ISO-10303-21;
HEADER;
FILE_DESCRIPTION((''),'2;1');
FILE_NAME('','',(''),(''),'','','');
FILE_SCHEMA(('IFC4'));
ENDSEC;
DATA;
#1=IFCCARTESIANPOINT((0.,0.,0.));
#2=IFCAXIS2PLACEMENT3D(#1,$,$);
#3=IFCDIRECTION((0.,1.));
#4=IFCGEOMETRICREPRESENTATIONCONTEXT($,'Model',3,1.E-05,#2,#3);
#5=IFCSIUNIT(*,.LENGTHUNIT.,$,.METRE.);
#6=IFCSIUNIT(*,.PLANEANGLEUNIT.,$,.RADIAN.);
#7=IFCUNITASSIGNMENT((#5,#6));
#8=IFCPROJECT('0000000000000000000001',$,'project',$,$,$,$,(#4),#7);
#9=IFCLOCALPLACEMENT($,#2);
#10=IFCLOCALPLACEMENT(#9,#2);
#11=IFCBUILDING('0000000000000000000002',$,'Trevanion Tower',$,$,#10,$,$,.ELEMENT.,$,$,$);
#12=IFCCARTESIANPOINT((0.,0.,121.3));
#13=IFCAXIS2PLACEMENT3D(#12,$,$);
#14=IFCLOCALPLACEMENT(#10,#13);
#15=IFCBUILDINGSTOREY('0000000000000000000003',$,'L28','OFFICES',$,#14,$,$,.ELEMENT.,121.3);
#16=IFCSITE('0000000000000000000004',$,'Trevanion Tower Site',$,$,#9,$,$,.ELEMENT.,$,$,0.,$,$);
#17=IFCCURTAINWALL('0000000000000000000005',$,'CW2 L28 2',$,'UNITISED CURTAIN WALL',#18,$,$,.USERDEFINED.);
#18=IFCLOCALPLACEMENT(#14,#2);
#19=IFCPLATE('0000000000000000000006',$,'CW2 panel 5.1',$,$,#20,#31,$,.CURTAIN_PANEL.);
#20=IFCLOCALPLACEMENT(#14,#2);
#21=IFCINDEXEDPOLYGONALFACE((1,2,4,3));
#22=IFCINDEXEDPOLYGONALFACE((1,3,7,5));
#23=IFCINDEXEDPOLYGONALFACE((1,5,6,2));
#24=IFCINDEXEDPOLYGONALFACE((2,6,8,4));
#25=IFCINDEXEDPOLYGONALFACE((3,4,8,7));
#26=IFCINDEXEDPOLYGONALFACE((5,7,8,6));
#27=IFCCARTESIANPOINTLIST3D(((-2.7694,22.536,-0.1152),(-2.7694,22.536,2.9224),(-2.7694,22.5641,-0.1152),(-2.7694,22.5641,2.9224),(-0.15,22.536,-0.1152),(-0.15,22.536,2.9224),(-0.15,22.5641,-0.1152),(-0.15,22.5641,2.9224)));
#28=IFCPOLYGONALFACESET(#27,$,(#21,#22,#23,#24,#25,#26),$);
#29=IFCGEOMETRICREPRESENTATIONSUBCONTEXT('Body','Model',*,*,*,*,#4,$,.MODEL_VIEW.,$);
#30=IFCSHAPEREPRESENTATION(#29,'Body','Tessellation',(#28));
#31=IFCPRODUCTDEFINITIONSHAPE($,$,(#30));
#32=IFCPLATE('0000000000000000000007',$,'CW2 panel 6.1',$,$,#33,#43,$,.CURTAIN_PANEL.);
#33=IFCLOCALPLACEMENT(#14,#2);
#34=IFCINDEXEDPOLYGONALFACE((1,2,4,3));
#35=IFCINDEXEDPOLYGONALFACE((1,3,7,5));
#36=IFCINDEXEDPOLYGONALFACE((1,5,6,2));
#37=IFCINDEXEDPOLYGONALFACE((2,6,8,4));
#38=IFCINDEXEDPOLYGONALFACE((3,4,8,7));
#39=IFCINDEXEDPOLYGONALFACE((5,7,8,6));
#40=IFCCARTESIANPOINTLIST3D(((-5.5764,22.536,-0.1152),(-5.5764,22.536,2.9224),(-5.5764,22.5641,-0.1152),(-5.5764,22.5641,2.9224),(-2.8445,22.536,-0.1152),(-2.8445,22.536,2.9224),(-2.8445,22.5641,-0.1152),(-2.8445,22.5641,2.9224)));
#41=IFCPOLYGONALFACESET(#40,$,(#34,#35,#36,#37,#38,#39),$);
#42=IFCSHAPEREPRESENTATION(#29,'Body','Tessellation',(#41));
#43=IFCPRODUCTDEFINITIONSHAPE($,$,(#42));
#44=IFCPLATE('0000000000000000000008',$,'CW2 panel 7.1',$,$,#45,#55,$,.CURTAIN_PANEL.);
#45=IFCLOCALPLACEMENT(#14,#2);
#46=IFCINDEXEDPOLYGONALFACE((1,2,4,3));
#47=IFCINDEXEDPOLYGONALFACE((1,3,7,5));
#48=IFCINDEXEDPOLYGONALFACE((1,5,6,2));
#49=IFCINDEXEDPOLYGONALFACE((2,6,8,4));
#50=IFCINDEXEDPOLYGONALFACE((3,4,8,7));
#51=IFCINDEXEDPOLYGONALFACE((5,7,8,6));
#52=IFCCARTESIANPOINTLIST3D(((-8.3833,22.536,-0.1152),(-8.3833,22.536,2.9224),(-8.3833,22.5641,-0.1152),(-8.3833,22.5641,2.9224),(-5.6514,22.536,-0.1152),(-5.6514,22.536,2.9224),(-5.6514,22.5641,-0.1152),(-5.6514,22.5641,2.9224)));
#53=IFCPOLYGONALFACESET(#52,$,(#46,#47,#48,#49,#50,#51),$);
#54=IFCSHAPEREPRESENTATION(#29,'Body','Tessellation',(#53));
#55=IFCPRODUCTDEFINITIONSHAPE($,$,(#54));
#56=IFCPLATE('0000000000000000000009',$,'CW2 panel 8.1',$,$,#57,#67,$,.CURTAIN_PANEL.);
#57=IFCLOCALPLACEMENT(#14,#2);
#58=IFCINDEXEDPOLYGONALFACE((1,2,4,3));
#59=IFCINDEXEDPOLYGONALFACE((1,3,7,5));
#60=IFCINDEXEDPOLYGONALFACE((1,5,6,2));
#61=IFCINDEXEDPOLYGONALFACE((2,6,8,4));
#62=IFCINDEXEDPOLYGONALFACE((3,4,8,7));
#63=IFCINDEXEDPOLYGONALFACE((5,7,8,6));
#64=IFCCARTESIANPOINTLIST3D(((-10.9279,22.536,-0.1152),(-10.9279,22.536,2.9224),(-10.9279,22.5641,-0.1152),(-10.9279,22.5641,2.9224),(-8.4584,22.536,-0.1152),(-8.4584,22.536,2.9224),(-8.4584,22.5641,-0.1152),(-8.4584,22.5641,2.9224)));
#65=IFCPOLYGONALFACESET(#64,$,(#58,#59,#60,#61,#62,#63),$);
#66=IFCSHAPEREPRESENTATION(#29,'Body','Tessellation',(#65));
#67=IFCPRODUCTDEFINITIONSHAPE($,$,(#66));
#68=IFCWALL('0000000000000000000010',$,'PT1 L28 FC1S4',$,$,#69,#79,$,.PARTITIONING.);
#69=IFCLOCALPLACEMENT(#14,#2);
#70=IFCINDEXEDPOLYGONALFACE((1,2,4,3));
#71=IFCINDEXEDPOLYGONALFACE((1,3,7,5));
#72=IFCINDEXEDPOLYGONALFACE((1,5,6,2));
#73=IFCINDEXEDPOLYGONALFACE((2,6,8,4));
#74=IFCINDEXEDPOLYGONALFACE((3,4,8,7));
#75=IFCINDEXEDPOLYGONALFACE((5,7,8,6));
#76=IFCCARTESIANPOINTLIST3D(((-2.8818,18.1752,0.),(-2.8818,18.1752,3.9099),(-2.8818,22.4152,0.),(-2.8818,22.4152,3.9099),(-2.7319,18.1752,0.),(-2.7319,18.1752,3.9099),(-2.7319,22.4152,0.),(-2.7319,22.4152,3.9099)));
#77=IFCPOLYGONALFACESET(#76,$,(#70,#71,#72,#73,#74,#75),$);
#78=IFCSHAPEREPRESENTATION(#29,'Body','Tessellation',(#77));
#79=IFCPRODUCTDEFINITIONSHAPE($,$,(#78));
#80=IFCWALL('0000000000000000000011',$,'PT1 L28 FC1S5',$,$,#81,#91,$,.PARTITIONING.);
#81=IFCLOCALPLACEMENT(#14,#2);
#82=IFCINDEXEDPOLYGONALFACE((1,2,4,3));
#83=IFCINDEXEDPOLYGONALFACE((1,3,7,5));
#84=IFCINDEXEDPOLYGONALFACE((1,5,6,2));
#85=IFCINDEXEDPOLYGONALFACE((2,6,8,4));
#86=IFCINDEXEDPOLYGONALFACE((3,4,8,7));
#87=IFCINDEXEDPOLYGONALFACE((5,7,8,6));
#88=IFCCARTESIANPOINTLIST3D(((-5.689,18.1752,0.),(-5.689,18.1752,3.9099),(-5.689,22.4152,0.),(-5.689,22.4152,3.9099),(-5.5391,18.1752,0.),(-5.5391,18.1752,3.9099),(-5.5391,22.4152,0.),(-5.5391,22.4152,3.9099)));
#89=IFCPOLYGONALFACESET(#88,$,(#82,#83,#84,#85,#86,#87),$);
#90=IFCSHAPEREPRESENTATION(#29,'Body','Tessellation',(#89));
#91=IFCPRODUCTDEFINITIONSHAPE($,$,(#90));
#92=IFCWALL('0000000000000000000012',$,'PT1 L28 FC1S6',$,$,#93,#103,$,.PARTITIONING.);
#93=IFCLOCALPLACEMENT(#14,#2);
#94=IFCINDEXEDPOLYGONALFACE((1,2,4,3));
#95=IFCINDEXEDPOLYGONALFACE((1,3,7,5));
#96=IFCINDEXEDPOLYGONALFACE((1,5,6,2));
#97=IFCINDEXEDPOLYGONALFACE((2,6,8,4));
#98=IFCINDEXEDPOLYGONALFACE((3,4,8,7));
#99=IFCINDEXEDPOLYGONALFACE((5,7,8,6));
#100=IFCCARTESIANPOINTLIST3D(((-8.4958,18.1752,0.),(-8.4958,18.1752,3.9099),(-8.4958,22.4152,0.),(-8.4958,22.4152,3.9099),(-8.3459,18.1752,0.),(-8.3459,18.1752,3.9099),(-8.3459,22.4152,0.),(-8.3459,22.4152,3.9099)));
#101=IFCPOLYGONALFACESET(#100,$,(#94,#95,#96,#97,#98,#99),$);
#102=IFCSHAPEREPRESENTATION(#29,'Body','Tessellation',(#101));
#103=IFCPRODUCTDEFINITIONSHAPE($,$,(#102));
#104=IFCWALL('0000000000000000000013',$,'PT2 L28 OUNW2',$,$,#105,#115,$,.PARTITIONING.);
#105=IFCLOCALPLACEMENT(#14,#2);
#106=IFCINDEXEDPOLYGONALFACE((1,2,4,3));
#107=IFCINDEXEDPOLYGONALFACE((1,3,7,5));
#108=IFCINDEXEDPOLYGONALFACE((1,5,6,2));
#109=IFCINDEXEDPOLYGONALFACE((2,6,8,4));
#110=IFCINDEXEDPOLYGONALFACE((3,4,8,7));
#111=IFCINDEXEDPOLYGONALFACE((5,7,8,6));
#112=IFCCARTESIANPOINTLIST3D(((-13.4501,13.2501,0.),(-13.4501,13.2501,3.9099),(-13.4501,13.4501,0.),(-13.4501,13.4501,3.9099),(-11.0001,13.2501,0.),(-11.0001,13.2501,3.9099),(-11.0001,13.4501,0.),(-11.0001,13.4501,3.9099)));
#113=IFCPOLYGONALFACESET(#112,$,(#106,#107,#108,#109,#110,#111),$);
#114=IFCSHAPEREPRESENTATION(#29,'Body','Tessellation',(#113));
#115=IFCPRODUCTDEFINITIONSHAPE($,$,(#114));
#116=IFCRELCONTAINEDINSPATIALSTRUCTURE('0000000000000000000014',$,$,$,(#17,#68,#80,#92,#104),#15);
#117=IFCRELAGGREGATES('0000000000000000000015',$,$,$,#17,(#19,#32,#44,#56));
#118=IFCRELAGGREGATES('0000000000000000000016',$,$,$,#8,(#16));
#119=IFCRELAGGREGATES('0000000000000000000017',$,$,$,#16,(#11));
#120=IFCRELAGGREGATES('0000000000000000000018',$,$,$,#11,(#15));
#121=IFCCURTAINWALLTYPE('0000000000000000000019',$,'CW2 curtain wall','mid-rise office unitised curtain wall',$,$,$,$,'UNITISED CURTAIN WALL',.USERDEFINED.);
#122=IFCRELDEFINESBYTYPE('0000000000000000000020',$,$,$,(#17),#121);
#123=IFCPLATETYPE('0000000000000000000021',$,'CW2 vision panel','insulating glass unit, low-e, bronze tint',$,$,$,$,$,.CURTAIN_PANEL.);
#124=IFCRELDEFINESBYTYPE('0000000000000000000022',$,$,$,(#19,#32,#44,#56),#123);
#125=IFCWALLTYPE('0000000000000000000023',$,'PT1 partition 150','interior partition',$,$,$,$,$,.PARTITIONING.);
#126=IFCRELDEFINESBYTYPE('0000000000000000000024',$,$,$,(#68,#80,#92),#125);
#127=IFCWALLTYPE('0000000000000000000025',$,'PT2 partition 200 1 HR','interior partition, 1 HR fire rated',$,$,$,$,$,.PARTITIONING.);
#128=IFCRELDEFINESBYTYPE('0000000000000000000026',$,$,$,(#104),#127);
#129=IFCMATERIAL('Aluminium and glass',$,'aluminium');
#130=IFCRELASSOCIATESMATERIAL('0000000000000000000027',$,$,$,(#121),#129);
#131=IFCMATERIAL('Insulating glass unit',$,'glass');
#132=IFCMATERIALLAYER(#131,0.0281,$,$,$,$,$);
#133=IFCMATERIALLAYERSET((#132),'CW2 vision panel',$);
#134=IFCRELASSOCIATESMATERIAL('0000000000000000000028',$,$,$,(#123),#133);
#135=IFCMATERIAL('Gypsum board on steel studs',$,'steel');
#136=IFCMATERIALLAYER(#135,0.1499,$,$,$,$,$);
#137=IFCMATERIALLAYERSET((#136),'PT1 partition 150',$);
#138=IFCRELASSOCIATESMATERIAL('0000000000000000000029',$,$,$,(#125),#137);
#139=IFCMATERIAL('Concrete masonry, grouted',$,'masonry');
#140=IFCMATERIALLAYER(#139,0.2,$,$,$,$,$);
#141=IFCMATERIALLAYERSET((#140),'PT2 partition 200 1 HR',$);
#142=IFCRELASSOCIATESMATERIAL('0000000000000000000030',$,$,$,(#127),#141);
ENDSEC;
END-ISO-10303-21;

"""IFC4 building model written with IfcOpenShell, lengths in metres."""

from ifc_helpers import new_model, si_unit, direction, frame, frame_2d, origin, origin_2d, place, context, subcontext, project, spatial, rectangle, extrude, material, layer, layer_set, type_object, element, aggregate, save


model = new_model("IFC4")

# Units and contexts
model_context = context("Model", 3, precision=1e-05, world=origin(), true_north=direction((0.0, 1.0)))
body_context = subcontext(model_context, "Body", "Model", "MODEL_VIEW")
ifc_project = project(units=[si_unit("LENGTHUNIT", "METRE"), si_unit("PLANEANGLEUNIT", "RADIAN")], contexts=[model_context])

# Site, building, storey
site_placement = place(None, origin())
site = spatial("IfcSite", under=ifc_project, at=site_placement, Name="Trevanion Tower Site", CompositionType="ELEMENT", RefElevation=0.0)
building_placement = place(site_placement, origin())
building = spatial("IfcBuilding", under=site, at=building_placement, Name="Trevanion Tower", CompositionType="ELEMENT")
storey_placement = place(building_placement, frame((0.0, 0.0, 121.3)))
storey = spatial("IfcBuildingStorey", under=building, at=storey_placement, Name="L28", Description="OFFICES", CompositionType="ELEMENT", Elevation=121.3)

# Curtain wall
ifc_material_1 = material(Name="Aluminium and glass", Category="aluminium")
curtain_wall_type = type_object("IfcCurtainWallType", Name="CW2 curtain wall", Description="mid-rise office unitised curtain wall", ElementType="UNITISED CURTAIN WALL", PredefinedType="USERDEFINED", material=ifc_material_1)
curtain_wall_1_placement = place(storey_placement, origin())
curtain_wall_1 = element("IfcCurtainWall", 1, at=curtain_wall_1_placement, inside=storey, type_object=curtain_wall_type, Name="CW2 L28 2", ObjectType="UNITISED CURTAIN WALL", PredefinedType="USERDEFINED")

# Plates
ifc_material_2 = material(Name="Insulating glass unit", Category="glass")
ifc_layer_1 = layer(ifc_material_2, 0.0281)
ifc_layer_set_1 = layer_set([ifc_layer_1], Name="CW2 vision panel")
plate_type_1 = type_object("IfcPlateType", Name="CW2 vision panel", Description="insulating glass unit, low-e, bronze tint", PredefinedType="CURTAIN_PANEL", material=ifc_layer_set_1)
plate_1_placement = place(storey_placement, frame((-1.4597, 22.55, -0.1152), z_axis=(0.0, 0.0, 1.0), x_axis=(-1.0, 0.0, 0.0)))
plate_1 = element("IfcPlate", 2, at=plate_1_placement, type_object=plate_type_1, Name="CW2 panel 5.1", PredefinedType="CURTAIN_PANEL", context=body_context, shape_type="SweptSolid", body=[
    extrude(rectangle(XDim=2.6194, YDim=0.0281, at=origin_2d()), origin(), (0.0, 0.0, 1.0), 3.0376),
])
plate_2_placement = place(storey_placement, frame((-4.2104, 22.55, -0.1152), z_axis=(0.0, 0.0, 1.0), x_axis=(-1.0, 0.0, 0.0)))
plate_2 = element("IfcPlate", 3, at=plate_2_placement, type_object=plate_type_1, Name="CW2 panel 6.1", PredefinedType="CURTAIN_PANEL", context=body_context, shape_type="SweptSolid", body=[
    extrude(rectangle(XDim=2.7319, YDim=0.0281, at=origin_2d()), origin(), (0.0, 0.0, 1.0), 3.0376),
])
plate_3_placement = place(storey_placement, frame((-7.0173, 22.55, -0.1152), z_axis=(0.0, 0.0, 1.0), x_axis=(-1.0, 0.0, 0.0)))
plate_3 = element("IfcPlate", 4, at=plate_3_placement, type_object=plate_type_1, Name="CW2 panel 7.1", PredefinedType="CURTAIN_PANEL", context=body_context, shape_type="SweptSolid", body=[
    extrude(rectangle(XDim=2.7319, YDim=0.0281, at=origin_2d()), origin(), (0.0, 0.0, 1.0), 3.0376),
])
plate_4_placement = place(storey_placement, frame((-9.6931, 22.55, -0.1152), z_axis=(0.0, 0.0, 1.0), x_axis=(-1.0, 0.0, 0.0)))
plate_4 = element("IfcPlate", 5, at=plate_4_placement, type_object=plate_type_1, Name="CW2 panel 8.1", PredefinedType="CURTAIN_PANEL", context=body_context, shape_type="SweptSolid", body=[
    extrude(rectangle(XDim=2.4695, YDim=0.0281, at=origin_2d()), origin(), (0.0, 0.0, 1.0), 3.0376),
])
aggregate(curtain_wall_1, [plate_1, plate_2, plate_3, plate_4])

# Walls
ifc_material_3 = material(Name="Gypsum board on steel studs", Category="steel")
ifc_layer_2 = layer(ifc_material_3, 0.1499)
ifc_layer_set_2 = layer_set([ifc_layer_2], Name="PT1 partition 150")
wall_type_1 = type_object("IfcWallType", Name="PT1 partition 150", Description="interior partition", PredefinedType="PARTITIONING", material=ifc_layer_set_2)
for number, where, z_axis, x_axis, name in (
    (6, (-2.8069, 18.175, 0.0), (0.0, 0.0, 1.0), (0.0, 1.0, 0.0), "PT1 L28 FC1S4"),
    (7, (-5.614, 18.175, 0.0), (0.0, 0.0, 1.0), (0.0, 1.0, 0.0), "PT1 L28 FC1S5"),
    (8, (-8.4209, 18.175, 0.0), (0.0, 0.0, 1.0), (0.0, 1.0, 0.0), "PT1 L28 FC1S6"),
):
    element("IfcWall", number, at=place(storey_placement, frame(where, z_axis=z_axis, x_axis=x_axis)), inside=storey, type_object=wall_type_1, Name=name, PredefinedType="PARTITIONING", context=body_context, shape_type="SweptSolid", body=[
        extrude(rectangle(XDim=4.24, YDim=0.1499, at=frame_2d((2.1201, 0.0))), origin(), (0.0, 0.0, 1.0), 3.9099),
    ])
ifc_material_4 = material(Name="Concrete masonry, grouted", Category="masonry")
ifc_layer_3 = layer(ifc_material_4, 0.2)
ifc_layer_set_3 = layer_set([ifc_layer_3], Name="PT2 partition 200 1 HR")
wall_type_2 = type_object("IfcWallType", Name="PT2 partition 200 1 HR", Description="interior partition, 1 HR fire rated", PredefinedType="PARTITIONING", material=ifc_layer_set_3)
wall_placement = place(storey_placement, frame((-11.0, 13.3501, 0.0), z_axis=(0.0, 0.0, 1.0), x_axis=(-1.0, 0.0, 0.0)))
element("IfcWall", 9, at=wall_placement, inside=storey, type_object=wall_type_2, Name="PT2 L28 OUNW2", PredefinedType="PARTITIONING", context=body_context, shape_type="SweptSolid", body=[
    extrude(rectangle(XDim=2.45, YDim=0.2, at=frame_2d((1.2251, 0.0))), origin(), (0.0, 0.0, 1.0), 3.9099),
])

save(model, "model.ifc")
